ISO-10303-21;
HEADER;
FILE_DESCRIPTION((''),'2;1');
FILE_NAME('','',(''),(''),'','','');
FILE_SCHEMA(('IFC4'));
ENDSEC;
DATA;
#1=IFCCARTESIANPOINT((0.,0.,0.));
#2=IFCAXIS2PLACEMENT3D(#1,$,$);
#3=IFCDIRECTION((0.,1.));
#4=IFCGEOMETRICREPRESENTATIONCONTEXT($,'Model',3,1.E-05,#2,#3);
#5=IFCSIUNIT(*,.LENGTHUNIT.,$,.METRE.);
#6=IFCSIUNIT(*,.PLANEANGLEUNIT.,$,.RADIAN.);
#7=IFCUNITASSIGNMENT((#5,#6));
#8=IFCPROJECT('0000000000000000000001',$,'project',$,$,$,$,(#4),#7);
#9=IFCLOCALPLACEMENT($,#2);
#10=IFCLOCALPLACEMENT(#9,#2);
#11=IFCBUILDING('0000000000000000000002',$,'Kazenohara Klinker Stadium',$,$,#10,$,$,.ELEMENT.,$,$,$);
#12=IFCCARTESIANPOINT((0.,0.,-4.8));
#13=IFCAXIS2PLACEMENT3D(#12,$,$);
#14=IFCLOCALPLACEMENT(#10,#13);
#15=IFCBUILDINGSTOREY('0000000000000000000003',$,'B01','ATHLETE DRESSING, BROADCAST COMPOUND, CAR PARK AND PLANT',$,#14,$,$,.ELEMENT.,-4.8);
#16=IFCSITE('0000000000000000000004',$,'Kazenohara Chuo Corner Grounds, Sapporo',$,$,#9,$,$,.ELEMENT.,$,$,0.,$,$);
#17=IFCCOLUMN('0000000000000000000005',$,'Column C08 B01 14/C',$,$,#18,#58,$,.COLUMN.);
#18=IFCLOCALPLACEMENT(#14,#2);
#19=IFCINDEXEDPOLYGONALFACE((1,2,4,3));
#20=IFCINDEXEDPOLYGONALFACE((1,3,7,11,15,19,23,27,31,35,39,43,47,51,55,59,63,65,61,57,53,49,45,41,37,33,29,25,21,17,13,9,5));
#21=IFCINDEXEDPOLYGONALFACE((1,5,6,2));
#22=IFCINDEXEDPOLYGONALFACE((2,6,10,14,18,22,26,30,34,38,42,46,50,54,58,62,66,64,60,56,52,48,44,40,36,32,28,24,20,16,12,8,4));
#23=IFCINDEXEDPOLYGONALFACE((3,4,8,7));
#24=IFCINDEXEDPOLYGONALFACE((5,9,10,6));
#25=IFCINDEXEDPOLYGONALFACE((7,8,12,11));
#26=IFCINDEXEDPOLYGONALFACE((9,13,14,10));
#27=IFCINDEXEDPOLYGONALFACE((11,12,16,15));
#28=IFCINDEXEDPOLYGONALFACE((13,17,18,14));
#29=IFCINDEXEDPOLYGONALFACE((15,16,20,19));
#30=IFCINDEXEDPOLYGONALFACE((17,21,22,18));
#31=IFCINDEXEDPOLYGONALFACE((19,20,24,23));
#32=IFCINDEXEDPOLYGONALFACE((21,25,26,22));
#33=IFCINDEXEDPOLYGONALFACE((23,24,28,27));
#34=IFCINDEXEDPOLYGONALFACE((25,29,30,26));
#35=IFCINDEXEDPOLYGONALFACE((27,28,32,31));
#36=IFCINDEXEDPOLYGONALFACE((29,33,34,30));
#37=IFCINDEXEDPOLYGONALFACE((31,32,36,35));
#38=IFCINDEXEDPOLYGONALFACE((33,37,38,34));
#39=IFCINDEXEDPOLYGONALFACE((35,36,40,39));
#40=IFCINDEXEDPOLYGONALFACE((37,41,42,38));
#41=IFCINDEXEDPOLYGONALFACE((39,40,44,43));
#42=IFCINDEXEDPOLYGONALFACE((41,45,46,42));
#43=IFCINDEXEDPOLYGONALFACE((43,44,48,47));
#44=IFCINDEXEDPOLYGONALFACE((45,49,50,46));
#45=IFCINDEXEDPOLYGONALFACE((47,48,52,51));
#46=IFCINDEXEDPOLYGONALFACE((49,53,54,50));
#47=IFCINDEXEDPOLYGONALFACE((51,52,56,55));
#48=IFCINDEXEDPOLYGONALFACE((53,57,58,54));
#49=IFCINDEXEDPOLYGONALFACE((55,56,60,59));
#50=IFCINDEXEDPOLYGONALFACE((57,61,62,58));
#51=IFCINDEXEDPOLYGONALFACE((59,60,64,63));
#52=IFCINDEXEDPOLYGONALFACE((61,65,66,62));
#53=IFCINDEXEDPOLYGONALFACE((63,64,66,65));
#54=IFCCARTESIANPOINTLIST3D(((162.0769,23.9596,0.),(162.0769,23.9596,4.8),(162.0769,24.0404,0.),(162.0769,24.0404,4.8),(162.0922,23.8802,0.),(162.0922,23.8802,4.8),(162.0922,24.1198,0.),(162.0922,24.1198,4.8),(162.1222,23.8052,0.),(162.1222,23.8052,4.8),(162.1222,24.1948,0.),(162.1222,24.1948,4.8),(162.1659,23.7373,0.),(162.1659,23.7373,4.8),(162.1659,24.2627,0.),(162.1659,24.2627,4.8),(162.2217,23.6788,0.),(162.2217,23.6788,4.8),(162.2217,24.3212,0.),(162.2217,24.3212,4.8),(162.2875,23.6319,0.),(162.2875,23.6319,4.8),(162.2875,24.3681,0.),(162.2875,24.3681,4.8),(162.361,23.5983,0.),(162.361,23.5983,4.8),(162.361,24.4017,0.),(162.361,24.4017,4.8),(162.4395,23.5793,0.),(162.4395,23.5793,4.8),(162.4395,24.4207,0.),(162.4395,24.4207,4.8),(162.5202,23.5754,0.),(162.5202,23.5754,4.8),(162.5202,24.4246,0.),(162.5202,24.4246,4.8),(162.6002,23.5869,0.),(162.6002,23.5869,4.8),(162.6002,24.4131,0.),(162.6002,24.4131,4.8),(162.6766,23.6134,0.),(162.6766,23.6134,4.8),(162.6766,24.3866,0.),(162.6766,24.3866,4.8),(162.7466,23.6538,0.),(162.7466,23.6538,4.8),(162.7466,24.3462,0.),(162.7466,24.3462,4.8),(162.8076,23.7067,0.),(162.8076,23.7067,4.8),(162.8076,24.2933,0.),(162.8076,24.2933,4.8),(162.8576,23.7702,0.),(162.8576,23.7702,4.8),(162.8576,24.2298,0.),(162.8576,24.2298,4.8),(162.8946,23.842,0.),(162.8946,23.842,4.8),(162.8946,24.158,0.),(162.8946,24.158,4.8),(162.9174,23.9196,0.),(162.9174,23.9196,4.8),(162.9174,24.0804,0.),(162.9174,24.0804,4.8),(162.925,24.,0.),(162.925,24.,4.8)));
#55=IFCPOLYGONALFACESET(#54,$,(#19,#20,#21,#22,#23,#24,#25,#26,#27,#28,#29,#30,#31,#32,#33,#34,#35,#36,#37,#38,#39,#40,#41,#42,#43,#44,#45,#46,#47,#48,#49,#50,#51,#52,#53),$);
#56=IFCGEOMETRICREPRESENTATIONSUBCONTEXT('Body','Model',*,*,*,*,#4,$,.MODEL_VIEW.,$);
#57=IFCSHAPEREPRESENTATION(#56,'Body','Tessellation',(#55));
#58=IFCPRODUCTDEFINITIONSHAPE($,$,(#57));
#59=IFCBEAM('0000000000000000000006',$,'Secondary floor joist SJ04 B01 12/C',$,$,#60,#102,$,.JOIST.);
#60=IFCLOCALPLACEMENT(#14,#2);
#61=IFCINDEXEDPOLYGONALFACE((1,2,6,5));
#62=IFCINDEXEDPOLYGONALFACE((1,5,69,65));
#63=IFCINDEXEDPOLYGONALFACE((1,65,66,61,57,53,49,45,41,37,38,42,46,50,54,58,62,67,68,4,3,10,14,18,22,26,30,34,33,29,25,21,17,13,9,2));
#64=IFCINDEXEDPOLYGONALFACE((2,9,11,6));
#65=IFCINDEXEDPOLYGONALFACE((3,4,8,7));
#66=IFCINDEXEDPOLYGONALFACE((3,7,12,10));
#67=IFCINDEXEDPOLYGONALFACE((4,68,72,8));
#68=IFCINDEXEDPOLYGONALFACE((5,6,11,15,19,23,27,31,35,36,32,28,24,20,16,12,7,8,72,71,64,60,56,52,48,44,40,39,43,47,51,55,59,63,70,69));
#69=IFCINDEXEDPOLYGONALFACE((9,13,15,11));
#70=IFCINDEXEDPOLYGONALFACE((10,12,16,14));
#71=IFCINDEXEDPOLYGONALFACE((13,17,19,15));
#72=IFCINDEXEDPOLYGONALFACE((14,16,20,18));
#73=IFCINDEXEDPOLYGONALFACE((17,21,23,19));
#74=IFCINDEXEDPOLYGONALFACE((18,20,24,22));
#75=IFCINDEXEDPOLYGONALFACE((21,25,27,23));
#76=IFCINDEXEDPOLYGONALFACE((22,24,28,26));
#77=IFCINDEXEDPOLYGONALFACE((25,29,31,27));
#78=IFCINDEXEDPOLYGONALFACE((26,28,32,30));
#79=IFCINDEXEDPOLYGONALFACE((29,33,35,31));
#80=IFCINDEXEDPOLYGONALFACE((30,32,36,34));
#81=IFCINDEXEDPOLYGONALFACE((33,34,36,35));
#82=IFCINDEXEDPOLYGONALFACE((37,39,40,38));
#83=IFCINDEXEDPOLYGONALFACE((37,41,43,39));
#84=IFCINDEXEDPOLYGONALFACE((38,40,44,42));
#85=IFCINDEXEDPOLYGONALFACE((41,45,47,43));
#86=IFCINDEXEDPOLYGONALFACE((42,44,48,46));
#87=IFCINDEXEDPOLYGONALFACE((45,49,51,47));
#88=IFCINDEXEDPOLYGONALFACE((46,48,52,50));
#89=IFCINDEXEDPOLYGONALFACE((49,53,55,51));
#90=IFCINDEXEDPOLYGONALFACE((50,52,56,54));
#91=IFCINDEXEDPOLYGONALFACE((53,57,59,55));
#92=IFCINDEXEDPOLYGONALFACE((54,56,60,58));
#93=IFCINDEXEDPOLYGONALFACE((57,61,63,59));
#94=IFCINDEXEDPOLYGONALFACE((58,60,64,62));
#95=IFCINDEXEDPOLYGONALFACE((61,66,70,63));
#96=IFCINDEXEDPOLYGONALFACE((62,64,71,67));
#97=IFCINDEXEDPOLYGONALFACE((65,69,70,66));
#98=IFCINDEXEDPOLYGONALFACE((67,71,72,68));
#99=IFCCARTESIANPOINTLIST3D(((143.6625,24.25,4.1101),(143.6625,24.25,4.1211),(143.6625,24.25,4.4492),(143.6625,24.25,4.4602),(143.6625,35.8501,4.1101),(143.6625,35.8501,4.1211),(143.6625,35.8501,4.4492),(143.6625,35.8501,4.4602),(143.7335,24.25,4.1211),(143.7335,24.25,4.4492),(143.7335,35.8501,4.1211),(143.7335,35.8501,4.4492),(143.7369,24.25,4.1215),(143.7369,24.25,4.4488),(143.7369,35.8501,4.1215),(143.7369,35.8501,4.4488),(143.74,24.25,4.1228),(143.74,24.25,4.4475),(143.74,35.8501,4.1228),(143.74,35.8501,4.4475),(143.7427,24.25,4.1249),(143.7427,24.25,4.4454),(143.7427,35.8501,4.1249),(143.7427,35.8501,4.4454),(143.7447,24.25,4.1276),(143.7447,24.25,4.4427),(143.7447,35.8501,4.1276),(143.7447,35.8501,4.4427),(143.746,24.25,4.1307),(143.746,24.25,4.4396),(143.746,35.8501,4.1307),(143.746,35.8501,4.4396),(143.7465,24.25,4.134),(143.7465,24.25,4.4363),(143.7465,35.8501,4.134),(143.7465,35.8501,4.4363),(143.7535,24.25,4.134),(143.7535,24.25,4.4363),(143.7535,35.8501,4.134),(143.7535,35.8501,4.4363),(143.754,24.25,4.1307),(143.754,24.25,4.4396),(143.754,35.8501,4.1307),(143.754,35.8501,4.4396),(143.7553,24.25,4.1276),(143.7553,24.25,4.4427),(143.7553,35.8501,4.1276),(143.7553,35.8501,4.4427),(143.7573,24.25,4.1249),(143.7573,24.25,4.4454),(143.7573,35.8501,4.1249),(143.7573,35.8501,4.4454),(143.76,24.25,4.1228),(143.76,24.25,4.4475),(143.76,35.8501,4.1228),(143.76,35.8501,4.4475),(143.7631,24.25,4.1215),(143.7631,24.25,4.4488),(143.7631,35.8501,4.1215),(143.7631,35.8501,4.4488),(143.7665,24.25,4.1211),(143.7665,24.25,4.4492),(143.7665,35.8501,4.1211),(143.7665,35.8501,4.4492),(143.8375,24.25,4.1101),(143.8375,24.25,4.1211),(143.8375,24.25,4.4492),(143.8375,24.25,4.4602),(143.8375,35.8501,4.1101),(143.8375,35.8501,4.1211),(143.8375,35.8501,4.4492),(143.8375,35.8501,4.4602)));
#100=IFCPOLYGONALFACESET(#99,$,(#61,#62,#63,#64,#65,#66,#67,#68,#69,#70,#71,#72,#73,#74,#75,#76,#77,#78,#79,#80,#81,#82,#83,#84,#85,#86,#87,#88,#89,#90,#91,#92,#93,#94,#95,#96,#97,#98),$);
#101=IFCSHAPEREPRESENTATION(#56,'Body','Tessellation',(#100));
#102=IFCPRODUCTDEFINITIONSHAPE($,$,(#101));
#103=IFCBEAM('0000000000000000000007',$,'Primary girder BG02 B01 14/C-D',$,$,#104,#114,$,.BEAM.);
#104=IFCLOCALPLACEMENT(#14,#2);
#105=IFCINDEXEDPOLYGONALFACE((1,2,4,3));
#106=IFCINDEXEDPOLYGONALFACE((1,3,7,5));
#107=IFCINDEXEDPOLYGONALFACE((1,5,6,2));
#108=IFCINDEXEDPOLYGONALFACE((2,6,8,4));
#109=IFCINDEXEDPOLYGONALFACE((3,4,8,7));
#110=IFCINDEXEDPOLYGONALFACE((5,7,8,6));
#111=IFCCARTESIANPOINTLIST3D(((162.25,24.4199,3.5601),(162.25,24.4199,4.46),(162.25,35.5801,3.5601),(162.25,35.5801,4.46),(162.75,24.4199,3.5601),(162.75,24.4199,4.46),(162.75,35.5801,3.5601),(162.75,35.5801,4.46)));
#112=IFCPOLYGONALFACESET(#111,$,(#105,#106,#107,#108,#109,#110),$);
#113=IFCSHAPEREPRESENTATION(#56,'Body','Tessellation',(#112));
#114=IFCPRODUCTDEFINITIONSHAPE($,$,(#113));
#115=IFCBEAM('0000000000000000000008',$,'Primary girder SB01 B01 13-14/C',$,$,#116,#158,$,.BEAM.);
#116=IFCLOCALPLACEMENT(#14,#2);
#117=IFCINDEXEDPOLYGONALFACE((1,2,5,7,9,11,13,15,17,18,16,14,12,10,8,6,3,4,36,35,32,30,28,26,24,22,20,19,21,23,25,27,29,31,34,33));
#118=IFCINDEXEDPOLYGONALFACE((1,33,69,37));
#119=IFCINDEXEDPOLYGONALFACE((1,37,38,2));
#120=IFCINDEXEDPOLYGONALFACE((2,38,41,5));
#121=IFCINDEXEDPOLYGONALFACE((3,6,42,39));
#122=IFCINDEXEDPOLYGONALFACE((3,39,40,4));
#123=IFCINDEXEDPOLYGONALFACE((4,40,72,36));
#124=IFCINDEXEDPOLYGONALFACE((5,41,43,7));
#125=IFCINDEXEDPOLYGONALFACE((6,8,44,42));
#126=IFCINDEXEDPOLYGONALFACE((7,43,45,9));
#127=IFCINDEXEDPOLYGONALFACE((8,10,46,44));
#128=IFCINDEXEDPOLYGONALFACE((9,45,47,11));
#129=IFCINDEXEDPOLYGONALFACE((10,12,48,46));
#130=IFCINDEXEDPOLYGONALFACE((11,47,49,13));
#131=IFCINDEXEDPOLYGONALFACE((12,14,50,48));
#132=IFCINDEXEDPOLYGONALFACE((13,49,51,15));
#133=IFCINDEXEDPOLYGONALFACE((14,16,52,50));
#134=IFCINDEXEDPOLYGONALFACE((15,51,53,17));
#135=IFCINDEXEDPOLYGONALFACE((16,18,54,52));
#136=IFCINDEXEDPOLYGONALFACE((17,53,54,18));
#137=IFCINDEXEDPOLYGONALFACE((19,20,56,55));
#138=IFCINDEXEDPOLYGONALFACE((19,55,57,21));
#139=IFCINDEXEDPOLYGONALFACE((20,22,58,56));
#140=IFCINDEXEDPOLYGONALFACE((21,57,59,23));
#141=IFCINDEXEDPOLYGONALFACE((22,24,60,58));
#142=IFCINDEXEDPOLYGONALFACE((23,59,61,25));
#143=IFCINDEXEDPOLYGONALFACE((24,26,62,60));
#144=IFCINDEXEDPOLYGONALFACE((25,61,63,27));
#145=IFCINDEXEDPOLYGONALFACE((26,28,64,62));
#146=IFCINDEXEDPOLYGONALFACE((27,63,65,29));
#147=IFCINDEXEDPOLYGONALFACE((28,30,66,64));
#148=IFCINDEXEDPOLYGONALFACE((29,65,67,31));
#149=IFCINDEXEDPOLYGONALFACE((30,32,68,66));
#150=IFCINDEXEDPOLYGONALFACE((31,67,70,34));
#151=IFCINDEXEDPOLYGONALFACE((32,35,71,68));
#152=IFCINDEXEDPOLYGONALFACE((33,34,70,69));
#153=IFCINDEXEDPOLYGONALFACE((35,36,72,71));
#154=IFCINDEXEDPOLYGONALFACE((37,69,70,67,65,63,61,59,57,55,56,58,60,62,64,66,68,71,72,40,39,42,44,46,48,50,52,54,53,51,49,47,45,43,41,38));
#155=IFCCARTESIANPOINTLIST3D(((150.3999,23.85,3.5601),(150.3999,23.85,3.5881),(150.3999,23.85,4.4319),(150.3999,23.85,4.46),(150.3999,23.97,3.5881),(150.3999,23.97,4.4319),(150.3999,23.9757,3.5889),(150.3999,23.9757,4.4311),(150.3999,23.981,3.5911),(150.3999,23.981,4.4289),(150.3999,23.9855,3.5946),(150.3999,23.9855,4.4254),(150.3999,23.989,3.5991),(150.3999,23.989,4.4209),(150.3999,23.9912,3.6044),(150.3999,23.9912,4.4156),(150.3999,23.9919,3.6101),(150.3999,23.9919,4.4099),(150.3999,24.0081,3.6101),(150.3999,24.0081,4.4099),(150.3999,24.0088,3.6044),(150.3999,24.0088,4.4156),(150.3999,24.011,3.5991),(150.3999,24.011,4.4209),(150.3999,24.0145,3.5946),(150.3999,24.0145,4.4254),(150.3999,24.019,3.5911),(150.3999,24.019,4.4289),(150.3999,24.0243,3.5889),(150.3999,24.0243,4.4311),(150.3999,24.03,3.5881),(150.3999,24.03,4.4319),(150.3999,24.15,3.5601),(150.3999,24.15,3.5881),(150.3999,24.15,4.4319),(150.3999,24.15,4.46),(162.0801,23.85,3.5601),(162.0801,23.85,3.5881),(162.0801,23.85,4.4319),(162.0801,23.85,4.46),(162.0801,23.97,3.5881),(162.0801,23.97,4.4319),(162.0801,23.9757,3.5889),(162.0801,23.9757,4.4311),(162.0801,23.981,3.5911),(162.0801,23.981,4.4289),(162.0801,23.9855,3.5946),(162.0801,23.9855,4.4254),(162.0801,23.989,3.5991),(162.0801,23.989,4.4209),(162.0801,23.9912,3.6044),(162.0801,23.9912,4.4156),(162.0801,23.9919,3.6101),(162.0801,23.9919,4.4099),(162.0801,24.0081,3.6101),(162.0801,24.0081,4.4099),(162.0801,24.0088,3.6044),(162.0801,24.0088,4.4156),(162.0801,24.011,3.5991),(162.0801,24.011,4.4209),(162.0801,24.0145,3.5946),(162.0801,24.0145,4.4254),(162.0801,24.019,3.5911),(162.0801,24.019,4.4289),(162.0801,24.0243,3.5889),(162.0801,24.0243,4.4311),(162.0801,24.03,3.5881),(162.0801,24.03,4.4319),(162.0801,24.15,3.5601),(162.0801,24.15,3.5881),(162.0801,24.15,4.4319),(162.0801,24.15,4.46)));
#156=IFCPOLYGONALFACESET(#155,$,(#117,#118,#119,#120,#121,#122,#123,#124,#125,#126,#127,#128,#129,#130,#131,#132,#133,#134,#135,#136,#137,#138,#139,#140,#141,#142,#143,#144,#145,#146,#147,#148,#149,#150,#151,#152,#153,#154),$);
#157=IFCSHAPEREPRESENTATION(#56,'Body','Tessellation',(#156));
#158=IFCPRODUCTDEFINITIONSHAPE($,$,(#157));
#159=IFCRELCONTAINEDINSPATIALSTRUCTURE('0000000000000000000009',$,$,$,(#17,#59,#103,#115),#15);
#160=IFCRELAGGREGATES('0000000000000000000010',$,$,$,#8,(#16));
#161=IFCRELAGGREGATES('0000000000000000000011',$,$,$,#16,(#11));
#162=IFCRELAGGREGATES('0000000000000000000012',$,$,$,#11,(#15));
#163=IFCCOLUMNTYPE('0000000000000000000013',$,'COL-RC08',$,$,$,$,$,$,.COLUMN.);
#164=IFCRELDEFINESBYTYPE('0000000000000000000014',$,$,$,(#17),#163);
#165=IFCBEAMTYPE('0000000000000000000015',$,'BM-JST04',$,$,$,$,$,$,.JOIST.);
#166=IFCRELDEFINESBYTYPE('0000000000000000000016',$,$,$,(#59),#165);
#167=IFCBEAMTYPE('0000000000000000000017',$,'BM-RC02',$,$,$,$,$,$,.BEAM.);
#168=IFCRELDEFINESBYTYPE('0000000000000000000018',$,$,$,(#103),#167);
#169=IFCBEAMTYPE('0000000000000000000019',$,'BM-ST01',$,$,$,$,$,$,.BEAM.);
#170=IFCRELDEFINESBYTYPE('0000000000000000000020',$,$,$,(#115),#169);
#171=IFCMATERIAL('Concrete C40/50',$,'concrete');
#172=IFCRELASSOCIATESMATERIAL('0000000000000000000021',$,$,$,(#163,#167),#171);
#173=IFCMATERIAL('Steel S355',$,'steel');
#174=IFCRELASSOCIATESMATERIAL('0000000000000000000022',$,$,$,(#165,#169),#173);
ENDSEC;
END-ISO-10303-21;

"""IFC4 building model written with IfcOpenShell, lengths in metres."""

from ifc_helpers import new_model, si_unit, direction, frame, origin, origin_2d, place, context, subcontext, project, spatial, rectangle, circle, i_section, extrude, material, material_profile, profile_set, type_object, element, save


model = new_model("IFC4")

# Units and contexts
model_context = context("Model", 3, precision=1e-05, world=origin(), true_north=direction((0.0, 1.0)))
body_context = subcontext(model_context, "Body", "Model", "MODEL_VIEW")
ifc_project = project(units=[si_unit("LENGTHUNIT", "METRE"), si_unit("PLANEANGLEUNIT", "RADIAN")], contexts=[model_context])

# Site, building, storey
site_placement = place(None, origin())
site = spatial("IfcSite", under=ifc_project, at=site_placement, Name="Kazenohara Chuo Corner Grounds, Sapporo", CompositionType="ELEMENT", RefElevation=0.0)
building_placement = place(site_placement, origin())
building = spatial("IfcBuilding", under=site, at=building_placement, Name="Kazenohara Klinker Stadium", CompositionType="ELEMENT")
storey_placement = place(building_placement, frame((0.0, 0.0, -4.8)))
storey = spatial("IfcBuildingStorey", under=building, at=storey_placement, Name="B01", Description="ATHLETE DRESSING, BROADCAST COMPOUND, CAR PARK AND PLANT", CompositionType="ELEMENT", Elevation=-4.8)

# Column
ifc_material_1 = material(Name="Concrete C40/50", Category="concrete")
ifc_material_profile_1 = material_profile(ifc_material_1, circle(Radius=0.425, at=origin_2d()), Name="RC-COL-D850")
ifc_profile_set_1 = profile_set([ifc_material_profile_1], Name="Concrete C40/50")
column_type_1 = type_object("IfcColumnType", Name="COL-RC08", PredefinedType="COLUMN", material=ifc_profile_set_1)
column_1_placement = place(storey_placement, frame((162.5, 24.0, 0.0), z_axis=(0.0, 0.0, 1.0), x_axis=(1.0, 0.0, 0.0)))
element("IfcColumn", 1, at=column_1_placement, inside=storey, type_object=column_type_1, Name="Column C08 B01 14/C", PredefinedType="COLUMN", context=body_context, shape_type="SweptSolid", body=[
    extrude(circle(Radius=0.425, at=origin_2d()), origin(), (0.0, 0.0, 1.0), 4.8),
])

# Beams
ifc_material_2 = material(Name="Steel S355", Category="steel")
ifc_material_profile_2 = material_profile(ifc_material_2, i_section(OverallWidth=0.175, OverallDepth=0.3501, WebThickness=0.0071, FlangeThickness=0.011, FilletRadius=0.0129, at=origin_2d()), Name="H-350x175x7x11")
ifc_profile_set_2 = profile_set([ifc_material_profile_2], Name="Steel S355")
beam_type_1 = type_object("IfcBeamType", Name="BM-JST04", PredefinedType="JOIST", material=ifc_profile_set_2)
beam_1_placement = place(storey_placement, frame((143.75, 24.25, 4.2852), z_axis=(0.0, 1.0, 0.0), x_axis=(-1.0, 0.0, 0.0)))
element("IfcBeam", 2, at=beam_1_placement, inside=storey, type_object=beam_type_1, Name="Secondary floor joist SJ04 B01 12/C", PredefinedType="JOIST", context=body_context, shape_type="SweptSolid", body=[
    extrude(i_section(OverallWidth=0.175, OverallDepth=0.3501, WebThickness=0.0071, FlangeThickness=0.011, FilletRadius=0.0129, at=origin_2d()), origin(), (0.0, 0.0, 1.0), 11.6001),
])
ifc_material_profile_3 = material_profile(ifc_material_1, rectangle(XDim=0.5, YDim=0.8999, at=origin_2d()), Name="RC-BM-500x900")
ifc_profile_set_3 = profile_set([ifc_material_profile_3], Name="Concrete C40/50")
beam_type_2 = type_object("IfcBeamType", Name="BM-RC02", PredefinedType="BEAM", material=ifc_profile_set_3)
beam_2_placement = place(storey_placement, frame((162.5, 24.4199, 4.01), z_axis=(0.0, 1.0, 0.0), x_axis=(-1.0, 0.0, 0.0)))
element("IfcBeam", 3, at=beam_2_placement, inside=storey, type_object=beam_type_2, Name="Primary girder BG02 B01 14/C-D", PredefinedType="BEAM", context=body_context, shape_type="SweptSolid", body=[
    extrude(rectangle(XDim=0.5, YDim=0.8999, at=origin_2d()), origin(), (0.0, 0.0, 1.0), 11.1602),
])
ifc_material_profile_4 = material_profile(ifc_material_2, i_section(OverallWidth=0.3, OverallDepth=0.8999, WebThickness=0.0161, FlangeThickness=0.0281, FilletRadius=0.022, at=origin_2d()), Name="H-900x300x16x28")
ifc_profile_set_4 = profile_set([ifc_material_profile_4], Name="Steel S355")
beam_type_3 = type_object("IfcBeamType", Name="BM-ST01", PredefinedType="BEAM", material=ifc_profile_set_4)
beam_3_placement = place(storey_placement, frame((150.3999, 24.0, 4.01), z_axis=(1.0, 0.0, 0.0), x_axis=(0.0, 1.0, 0.0)))
element("IfcBeam", 4, at=beam_3_placement, inside=storey, type_object=beam_type_3, Name="Primary girder SB01 B01 13-14/C", PredefinedType="BEAM", context=body_context, shape_type="SweptSolid", body=[
    extrude(i_section(OverallWidth=0.3, OverallDepth=0.8999, WebThickness=0.0161, FlangeThickness=0.0281, FilletRadius=0.022, at=origin_2d()), origin(), (0.0, 0.0, 1.0), 11.6802),
])

save(model, "model.ifc")
